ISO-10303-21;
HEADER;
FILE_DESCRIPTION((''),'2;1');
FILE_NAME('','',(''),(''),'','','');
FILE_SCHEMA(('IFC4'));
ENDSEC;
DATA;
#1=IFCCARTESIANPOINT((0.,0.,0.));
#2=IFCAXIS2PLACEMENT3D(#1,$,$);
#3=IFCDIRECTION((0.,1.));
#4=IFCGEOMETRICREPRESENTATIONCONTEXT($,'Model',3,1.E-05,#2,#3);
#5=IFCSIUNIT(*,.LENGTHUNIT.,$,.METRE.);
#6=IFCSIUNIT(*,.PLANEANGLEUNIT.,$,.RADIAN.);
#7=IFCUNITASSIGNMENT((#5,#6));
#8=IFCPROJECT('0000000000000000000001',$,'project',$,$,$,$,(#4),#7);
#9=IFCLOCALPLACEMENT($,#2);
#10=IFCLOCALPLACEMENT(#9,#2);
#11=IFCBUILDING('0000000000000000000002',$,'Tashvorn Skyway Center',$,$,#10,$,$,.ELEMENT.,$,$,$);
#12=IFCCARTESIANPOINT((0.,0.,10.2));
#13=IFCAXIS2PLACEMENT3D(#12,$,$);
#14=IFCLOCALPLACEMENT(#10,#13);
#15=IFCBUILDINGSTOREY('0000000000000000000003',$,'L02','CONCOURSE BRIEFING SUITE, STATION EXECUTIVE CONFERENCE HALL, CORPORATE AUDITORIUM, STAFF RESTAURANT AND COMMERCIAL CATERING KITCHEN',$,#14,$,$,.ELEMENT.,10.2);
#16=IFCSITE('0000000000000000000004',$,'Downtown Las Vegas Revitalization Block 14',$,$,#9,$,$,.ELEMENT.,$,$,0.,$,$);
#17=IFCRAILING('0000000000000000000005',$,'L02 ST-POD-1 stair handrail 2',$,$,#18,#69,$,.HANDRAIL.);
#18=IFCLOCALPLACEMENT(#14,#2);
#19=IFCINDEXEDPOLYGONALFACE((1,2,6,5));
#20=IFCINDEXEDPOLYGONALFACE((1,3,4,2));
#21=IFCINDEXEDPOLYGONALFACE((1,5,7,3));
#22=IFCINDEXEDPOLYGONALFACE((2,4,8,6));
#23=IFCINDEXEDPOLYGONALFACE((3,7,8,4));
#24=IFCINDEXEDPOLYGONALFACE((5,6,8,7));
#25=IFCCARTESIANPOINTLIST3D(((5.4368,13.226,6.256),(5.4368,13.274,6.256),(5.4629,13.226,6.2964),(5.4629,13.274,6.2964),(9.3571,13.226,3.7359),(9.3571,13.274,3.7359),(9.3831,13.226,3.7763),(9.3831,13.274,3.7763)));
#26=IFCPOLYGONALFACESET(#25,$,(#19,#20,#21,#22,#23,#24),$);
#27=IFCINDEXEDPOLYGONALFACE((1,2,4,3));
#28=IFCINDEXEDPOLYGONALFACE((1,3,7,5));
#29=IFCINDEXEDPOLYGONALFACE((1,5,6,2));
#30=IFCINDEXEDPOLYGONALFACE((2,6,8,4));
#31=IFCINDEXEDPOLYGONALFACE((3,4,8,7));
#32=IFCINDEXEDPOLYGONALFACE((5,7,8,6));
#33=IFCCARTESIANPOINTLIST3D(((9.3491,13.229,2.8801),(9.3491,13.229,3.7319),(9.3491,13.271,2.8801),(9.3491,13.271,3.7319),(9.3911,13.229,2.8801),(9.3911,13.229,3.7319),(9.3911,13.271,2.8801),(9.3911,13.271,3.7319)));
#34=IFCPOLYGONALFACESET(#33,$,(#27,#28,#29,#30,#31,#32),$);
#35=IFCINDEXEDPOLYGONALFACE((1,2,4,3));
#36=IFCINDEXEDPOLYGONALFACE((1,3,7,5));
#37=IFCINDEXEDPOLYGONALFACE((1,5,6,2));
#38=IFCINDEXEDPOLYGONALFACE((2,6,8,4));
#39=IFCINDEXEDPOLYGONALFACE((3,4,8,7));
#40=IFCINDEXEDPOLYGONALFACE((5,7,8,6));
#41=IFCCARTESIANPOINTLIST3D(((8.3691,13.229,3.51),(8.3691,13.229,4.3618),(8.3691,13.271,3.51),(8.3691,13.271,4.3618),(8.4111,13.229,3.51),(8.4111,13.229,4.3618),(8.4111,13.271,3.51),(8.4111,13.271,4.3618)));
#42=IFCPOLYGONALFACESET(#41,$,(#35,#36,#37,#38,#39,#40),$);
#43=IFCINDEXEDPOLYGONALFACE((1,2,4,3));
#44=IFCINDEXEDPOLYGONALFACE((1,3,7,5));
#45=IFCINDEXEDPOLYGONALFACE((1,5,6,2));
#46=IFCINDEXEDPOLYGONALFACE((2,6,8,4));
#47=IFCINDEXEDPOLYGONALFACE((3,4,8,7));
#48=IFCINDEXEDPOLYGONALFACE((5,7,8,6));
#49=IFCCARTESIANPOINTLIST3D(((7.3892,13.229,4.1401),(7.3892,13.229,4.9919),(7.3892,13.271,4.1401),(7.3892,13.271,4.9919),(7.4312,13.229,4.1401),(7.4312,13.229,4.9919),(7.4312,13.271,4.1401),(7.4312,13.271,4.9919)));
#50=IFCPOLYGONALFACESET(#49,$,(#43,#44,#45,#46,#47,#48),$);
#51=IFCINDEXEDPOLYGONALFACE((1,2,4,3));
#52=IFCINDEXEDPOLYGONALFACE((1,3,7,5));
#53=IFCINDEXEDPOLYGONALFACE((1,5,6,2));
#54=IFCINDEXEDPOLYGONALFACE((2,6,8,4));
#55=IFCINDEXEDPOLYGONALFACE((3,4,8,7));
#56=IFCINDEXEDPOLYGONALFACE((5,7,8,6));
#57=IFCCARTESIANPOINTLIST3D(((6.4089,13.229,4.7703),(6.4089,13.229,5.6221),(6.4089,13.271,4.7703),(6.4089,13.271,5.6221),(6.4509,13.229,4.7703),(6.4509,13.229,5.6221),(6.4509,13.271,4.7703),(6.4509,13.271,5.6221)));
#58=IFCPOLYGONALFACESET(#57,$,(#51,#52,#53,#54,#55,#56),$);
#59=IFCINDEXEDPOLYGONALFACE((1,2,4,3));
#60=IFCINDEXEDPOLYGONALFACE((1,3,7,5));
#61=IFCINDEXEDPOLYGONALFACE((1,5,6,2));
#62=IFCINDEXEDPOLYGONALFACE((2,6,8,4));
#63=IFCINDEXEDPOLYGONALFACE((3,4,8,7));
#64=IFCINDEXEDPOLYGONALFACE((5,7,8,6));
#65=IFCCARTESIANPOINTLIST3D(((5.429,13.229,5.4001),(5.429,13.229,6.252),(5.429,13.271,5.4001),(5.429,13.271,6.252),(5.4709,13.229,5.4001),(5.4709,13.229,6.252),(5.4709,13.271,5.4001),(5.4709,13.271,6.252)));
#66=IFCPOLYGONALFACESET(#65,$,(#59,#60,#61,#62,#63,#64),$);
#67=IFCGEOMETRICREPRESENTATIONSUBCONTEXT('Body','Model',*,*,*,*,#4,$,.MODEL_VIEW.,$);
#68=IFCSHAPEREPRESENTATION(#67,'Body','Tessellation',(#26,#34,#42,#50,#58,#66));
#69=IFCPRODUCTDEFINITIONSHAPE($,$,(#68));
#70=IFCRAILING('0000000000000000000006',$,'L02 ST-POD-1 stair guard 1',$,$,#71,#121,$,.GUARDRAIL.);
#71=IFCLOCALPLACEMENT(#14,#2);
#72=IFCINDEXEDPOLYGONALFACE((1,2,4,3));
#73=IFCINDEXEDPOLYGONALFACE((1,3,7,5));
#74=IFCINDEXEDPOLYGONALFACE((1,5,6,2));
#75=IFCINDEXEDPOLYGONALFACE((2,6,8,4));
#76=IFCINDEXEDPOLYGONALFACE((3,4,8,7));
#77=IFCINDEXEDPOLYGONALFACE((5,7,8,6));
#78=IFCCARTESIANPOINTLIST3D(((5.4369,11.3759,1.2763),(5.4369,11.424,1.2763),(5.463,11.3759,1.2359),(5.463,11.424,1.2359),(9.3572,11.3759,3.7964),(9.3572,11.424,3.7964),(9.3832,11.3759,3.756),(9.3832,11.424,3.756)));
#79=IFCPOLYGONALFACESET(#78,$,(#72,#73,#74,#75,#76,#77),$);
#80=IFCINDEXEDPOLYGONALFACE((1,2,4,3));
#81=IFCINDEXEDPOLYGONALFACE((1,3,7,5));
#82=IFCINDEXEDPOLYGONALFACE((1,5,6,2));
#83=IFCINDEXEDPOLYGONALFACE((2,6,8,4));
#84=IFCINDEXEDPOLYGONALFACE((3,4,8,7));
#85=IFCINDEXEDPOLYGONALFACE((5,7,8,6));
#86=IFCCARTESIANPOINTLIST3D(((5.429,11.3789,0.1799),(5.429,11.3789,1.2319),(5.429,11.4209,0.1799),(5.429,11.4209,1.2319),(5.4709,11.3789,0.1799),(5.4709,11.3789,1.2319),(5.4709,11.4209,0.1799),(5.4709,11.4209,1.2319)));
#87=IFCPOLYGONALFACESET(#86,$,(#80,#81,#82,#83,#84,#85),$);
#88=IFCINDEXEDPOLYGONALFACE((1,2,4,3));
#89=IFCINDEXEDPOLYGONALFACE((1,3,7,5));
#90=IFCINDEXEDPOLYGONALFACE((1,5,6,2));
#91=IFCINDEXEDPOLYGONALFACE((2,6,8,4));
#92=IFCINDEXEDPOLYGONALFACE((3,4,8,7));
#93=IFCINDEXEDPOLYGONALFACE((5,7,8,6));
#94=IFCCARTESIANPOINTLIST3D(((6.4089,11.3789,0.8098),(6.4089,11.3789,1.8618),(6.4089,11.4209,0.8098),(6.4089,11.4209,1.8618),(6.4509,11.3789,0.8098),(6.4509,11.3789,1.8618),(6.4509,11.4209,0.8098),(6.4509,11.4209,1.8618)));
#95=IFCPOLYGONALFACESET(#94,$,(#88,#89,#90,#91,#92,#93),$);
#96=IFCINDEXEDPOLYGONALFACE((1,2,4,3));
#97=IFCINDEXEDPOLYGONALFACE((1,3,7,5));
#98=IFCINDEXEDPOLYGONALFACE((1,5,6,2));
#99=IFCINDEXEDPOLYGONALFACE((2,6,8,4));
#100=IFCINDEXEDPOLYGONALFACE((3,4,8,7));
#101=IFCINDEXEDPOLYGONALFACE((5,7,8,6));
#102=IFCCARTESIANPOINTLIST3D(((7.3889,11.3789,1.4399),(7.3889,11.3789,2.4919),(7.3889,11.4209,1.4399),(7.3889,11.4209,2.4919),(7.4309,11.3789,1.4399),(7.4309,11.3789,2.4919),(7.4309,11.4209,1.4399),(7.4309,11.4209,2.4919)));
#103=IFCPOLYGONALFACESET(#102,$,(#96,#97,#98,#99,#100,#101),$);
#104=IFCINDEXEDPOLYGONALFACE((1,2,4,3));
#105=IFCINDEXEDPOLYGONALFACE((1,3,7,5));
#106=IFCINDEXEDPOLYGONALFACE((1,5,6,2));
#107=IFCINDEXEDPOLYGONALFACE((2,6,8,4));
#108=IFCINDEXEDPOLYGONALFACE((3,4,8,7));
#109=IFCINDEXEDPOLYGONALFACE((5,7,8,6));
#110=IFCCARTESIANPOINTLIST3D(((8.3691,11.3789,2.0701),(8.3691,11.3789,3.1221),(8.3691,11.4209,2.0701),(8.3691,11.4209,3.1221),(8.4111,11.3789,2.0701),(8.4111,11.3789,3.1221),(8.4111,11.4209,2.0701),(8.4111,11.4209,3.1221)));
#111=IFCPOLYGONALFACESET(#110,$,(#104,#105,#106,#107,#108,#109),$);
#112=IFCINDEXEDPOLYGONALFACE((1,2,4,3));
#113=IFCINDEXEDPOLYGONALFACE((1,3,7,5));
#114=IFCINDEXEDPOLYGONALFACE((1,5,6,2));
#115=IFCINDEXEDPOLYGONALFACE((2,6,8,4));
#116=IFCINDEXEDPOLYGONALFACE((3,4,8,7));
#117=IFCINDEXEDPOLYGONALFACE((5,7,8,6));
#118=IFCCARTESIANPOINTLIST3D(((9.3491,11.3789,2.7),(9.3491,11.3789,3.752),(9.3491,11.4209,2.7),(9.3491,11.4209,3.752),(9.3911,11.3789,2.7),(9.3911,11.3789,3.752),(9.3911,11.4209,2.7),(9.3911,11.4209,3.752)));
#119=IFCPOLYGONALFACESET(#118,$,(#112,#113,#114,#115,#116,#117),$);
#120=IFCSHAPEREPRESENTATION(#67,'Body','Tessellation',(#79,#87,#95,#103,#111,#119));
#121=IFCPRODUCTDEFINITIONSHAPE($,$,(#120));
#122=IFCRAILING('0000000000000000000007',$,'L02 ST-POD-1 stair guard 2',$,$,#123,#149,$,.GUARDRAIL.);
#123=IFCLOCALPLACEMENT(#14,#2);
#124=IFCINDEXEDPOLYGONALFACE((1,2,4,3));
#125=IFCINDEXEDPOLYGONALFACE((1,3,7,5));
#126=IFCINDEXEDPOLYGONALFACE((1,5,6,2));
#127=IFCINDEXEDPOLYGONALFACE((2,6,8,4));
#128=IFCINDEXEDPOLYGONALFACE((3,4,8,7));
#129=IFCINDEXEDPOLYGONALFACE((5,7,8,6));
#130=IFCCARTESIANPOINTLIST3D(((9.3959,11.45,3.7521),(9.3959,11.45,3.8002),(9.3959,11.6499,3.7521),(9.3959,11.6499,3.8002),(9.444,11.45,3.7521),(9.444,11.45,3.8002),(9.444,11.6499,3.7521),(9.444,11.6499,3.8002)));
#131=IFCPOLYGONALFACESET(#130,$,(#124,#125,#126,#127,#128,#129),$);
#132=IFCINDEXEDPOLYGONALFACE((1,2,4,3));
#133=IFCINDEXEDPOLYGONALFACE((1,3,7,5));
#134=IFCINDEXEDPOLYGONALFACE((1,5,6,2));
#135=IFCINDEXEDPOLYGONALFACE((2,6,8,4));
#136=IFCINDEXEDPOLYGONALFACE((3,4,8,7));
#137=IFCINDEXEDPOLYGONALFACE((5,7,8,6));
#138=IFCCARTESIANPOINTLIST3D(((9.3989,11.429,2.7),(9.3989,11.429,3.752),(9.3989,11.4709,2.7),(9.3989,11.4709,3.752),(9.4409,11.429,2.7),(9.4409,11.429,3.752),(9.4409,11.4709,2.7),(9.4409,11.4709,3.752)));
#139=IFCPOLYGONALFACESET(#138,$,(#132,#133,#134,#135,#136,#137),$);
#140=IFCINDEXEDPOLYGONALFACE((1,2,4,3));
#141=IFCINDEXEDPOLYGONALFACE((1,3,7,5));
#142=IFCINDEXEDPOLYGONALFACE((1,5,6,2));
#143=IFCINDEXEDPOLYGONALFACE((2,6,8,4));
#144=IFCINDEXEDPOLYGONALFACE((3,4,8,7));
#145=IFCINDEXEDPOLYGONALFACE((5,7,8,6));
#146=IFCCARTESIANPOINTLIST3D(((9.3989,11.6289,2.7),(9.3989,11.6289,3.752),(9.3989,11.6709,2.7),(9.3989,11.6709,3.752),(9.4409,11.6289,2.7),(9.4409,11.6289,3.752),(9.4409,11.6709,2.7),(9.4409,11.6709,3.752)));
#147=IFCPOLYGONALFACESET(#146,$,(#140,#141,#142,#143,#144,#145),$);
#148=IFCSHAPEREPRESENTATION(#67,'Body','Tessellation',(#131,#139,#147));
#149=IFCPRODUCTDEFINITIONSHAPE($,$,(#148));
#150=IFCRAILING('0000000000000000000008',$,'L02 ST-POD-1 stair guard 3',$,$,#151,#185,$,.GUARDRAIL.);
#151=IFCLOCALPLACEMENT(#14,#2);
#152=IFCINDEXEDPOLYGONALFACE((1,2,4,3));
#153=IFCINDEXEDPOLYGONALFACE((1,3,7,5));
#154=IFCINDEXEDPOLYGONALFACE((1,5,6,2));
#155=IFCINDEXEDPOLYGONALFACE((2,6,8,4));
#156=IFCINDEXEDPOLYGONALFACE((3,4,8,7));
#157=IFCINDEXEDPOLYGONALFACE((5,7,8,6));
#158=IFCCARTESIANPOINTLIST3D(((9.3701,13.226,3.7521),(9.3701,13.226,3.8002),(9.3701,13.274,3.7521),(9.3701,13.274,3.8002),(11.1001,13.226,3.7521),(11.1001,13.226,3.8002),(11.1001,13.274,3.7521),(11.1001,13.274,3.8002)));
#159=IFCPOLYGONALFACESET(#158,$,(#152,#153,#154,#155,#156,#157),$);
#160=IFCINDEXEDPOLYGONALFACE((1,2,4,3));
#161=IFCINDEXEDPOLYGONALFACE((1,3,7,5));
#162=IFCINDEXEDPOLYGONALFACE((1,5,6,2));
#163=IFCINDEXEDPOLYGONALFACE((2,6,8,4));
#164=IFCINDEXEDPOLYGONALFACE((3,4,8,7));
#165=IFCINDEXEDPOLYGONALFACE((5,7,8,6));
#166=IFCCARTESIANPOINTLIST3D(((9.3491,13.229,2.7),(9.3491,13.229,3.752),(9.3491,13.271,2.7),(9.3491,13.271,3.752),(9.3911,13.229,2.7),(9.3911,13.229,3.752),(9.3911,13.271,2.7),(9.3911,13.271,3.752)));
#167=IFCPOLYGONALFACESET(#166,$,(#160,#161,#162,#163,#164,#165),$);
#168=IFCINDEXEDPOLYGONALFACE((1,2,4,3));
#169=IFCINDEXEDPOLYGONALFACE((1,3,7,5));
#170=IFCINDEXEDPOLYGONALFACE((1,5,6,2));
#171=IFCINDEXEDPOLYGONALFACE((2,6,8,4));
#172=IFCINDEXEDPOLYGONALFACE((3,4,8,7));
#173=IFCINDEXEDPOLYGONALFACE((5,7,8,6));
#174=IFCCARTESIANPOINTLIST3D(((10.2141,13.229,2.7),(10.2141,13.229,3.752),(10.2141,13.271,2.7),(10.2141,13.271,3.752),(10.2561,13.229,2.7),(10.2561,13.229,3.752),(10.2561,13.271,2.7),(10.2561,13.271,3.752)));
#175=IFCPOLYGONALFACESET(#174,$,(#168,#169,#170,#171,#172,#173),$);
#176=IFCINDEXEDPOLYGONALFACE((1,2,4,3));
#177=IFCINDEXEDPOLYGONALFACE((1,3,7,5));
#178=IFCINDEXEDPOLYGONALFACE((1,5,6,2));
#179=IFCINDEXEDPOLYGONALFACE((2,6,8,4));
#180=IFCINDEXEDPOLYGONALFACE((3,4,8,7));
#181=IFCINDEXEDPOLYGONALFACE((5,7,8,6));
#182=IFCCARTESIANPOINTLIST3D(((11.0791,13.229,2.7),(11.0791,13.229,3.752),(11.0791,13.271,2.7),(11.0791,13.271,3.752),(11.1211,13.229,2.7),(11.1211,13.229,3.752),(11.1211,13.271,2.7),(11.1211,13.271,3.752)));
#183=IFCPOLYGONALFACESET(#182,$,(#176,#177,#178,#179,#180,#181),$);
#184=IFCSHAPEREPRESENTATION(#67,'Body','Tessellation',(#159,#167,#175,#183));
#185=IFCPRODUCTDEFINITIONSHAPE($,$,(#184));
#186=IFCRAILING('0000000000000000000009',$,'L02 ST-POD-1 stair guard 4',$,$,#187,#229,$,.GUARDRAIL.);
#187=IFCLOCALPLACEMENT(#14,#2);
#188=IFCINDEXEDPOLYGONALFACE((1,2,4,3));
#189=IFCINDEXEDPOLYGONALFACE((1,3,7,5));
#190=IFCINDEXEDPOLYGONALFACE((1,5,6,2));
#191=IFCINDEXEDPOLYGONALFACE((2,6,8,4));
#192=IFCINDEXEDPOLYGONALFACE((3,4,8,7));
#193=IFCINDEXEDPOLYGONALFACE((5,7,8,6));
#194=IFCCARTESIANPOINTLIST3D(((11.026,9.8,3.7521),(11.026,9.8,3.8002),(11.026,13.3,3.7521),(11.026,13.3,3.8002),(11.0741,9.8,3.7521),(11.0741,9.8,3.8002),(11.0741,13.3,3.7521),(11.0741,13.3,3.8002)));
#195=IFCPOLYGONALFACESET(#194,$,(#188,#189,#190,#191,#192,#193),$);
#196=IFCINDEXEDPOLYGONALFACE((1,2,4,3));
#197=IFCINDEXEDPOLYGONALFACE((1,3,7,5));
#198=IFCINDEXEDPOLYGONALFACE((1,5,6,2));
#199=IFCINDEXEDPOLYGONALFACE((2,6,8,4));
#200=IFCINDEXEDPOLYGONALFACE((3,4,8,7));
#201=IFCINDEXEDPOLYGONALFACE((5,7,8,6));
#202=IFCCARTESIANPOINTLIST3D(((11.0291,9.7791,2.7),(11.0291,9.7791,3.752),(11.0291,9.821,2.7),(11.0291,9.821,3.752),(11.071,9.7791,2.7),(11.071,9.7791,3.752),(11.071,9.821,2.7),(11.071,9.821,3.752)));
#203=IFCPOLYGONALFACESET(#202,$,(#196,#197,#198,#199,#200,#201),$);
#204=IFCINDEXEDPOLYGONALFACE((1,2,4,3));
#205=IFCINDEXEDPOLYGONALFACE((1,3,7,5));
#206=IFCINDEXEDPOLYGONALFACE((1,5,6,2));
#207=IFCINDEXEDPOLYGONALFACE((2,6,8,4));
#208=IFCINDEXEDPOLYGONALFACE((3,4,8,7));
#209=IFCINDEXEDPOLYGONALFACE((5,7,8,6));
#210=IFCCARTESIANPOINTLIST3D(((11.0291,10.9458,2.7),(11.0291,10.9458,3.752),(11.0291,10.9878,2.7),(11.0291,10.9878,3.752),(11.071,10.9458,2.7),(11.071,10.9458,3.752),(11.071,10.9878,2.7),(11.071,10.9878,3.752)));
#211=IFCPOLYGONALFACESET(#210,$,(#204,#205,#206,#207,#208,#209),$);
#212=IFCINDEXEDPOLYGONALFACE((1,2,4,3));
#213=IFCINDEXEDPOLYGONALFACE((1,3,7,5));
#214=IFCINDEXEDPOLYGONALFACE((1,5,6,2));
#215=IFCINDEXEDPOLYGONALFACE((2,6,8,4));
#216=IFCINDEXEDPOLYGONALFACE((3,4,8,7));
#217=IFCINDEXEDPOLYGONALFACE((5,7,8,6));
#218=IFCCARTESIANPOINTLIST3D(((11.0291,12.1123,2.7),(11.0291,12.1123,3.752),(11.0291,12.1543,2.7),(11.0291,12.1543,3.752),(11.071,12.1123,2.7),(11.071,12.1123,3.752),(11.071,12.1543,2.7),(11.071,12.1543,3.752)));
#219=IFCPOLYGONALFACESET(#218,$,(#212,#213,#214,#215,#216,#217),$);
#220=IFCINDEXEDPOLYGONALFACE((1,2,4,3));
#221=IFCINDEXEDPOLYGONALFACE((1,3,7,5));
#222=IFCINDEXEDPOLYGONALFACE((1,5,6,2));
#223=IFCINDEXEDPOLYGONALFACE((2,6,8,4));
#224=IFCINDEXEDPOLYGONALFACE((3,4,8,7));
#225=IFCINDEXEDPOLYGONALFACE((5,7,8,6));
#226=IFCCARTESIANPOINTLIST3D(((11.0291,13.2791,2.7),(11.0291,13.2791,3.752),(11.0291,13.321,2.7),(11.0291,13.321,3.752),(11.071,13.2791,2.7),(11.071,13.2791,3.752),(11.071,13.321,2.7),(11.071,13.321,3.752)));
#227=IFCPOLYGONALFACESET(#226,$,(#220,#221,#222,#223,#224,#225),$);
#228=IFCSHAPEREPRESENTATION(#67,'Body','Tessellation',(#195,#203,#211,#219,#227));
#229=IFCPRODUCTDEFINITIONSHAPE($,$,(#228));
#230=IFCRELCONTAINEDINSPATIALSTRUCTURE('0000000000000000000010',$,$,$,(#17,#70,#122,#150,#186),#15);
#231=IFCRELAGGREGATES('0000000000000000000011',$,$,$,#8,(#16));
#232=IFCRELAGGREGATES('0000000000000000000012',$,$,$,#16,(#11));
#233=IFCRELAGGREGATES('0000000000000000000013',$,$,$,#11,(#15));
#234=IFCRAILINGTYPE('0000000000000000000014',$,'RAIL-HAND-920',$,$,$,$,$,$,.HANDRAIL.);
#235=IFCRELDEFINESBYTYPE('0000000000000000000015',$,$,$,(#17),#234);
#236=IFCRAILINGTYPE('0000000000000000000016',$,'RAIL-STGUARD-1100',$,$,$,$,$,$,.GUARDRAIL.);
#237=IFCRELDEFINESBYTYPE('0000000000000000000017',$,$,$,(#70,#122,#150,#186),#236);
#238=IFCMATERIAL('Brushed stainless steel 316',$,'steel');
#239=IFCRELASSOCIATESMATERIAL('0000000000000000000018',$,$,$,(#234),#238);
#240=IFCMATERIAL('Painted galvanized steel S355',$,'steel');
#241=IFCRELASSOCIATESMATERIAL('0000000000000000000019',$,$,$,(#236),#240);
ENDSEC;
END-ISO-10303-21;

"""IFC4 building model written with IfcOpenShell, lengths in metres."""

from ifc_helpers import new_model, si_unit, direction, frame, origin, origin_2d, place, context, subcontext, project, spatial, rectangle, extrude, material, type_object, element, save


model = new_model("IFC4")

# Units and contexts
model_context = context("Model", 3, precision=1e-05, world=origin(), true_north=direction((0.0, 1.0)))
body_context = subcontext(model_context, "Body", "Model", "MODEL_VIEW")
ifc_project = project(units=[si_unit("LENGTHUNIT", "METRE"), si_unit("PLANEANGLEUNIT", "RADIAN")], contexts=[model_context])

# Site, building, storey
site_placement = place(None, origin())
site = spatial("IfcSite", under=ifc_project, at=site_placement, Name="Downtown Las Vegas Revitalization Block 14", CompositionType="ELEMENT", RefElevation=0.0)
building_placement = place(site_placement, origin())
building = spatial("IfcBuilding", under=site, at=building_placement, Name="Tashvorn Skyway Center", CompositionType="ELEMENT")
storey_placement = place(building_placement, frame((0.0, 0.0, 10.2)))
storey = spatial("IfcBuildingStorey", under=building, at=storey_placement, Name="L02", Description="CONCOURSE BRIEFING SUITE, STATION EXECUTIVE CONFERENCE HALL, CORPORATE AUDITORIUM, STAFF RESTAURANT AND COMMERCIAL CATERING KITCHEN", CompositionType="ELEMENT", Elevation=10.2)

# Railings
ifc_material_1 = material(Name="Brushed stainless steel 316", Category="steel")
railing_type_1 = type_object("IfcRailingType", Name="RAIL-HAND-920", PredefinedType="HANDRAIL", material=ifc_material_1)
railing_1_placement = place(storey_placement, frame((9.3701, 13.25, 2.8801)))
element("IfcRailing", 1, at=railing_1_placement, inside=storey, type_object=railing_type_1, Name="L02 ST-POD-1 stair handrail 2", PredefinedType="HANDRAIL", context=body_context, shape_type="SweptSolid", body=[
    extrude(rectangle(XDim=0.0481, YDim=0.0481, at=origin_2d()), frame((0.0, 0.0, 0.876), z_axis=(-0.841187, 0.0, 0.540744), x_axis=(0.0, -1.0, 0.0)), (0.0, 0.0, 1.0), 4.6604),
    extrude(rectangle(XDim=0.042, YDim=0.042, at=origin_2d()), origin(), (0.0, 0.0, 1.0), 0.8518),
    extrude(rectangle(XDim=0.042, YDim=0.042, at=origin_2d()), frame((-0.98, 0.0, 0.6299)), (0.0, 0.0, 1.0), 0.8518),
    extrude(rectangle(XDim=0.042, YDim=0.042, at=origin_2d()), frame((-1.96, 0.0, 1.26)), (0.0, 0.0, 1.0), 0.8518),
    extrude(rectangle(XDim=0.042, YDim=0.042, at=origin_2d()), frame((-2.9402, 0.0, 1.8901)), (0.0, 0.0, 1.0), 0.8518),
    extrude(rectangle(XDim=0.042, YDim=0.042, at=origin_2d()), frame((-3.9202, 0.0, 2.52)), (0.0, 0.0, 1.0), 0.8518),
])
ifc_material_2 = material(Name="Painted galvanized steel S355", Category="steel")
railing_type_2 = type_object("IfcRailingType", Name="RAIL-STGUARD-1100", PredefinedType="GUARDRAIL", material=ifc_material_2)
railing_2_placement = place(storey_placement, frame((5.45, 11.3999, 0.1799)))
element("IfcRailing", 2, at=railing_2_placement, inside=storey, type_object=railing_type_2, Name="L02 ST-POD-1 stair guard 1", PredefinedType="GUARDRAIL", context=body_context, shape_type="SweptSolid", body=[
    extrude(rectangle(XDim=0.0481, YDim=0.0481, at=origin_2d()), frame((0.0, 0.0, 1.0762), z_axis=(0.841187, 0.0, 0.540744), x_axis=(0.0, 1.0, 0.0)), (0.0, 0.0, 1.0), 4.6604),
    extrude(rectangle(XDim=0.042, YDim=0.042, at=origin_2d()), origin(), (0.0, 0.0, 1.0), 1.052),
    extrude(rectangle(XDim=0.042, YDim=0.042, at=origin_2d()), frame((0.98, 0.0, 0.6299)), (0.0, 0.0, 1.0), 1.052),
    extrude(rectangle(XDim=0.042, YDim=0.042, at=origin_2d()), frame((1.96, 0.0, 1.26)), (0.0, 0.0, 1.0), 1.052),
    extrude(rectangle(XDim=0.042, YDim=0.042, at=origin_2d()), frame((2.9402, 0.0, 1.8901)), (0.0, 0.0, 1.0), 1.052),
    extrude(rectangle(XDim=0.042, YDim=0.042, at=origin_2d()), frame((3.9202, 0.0, 2.52)), (0.0, 0.0, 1.0), 1.052),
])
railing_3_placement = place(storey_placement, frame((9.4199, 11.45, 2.7)))
element("IfcRailing", 3, at=railing_3_placement, inside=storey, type_object=railing_type_2, Name="L02 ST-POD-1 stair guard 2", PredefinedType="GUARDRAIL", context=body_context, shape_type="SweptSolid", body=[
    extrude(rectangle(XDim=0.0481, YDim=0.0481, at=origin_2d()), frame((0.0, 0.0, 1.0762), z_axis=(0.0, 1.0, 0.0), x_axis=(-1.0, 0.0, 0.0)), (0.0, 0.0, 1.0), 0.2),
    extrude(rectangle(XDim=0.042, YDim=0.042, at=origin_2d()), origin(), (0.0, 0.0, 1.0), 1.052),
    extrude(rectangle(XDim=0.042, YDim=0.042, at=origin_2d()), frame((0.0, 0.2, 0.0)), (0.0, 0.0, 1.0), 1.052),
])
railing_4_placement = place(storey_placement, frame((9.3701, 13.25, 2.7)))
element("IfcRailing", 4, at=railing_4_placement, inside=storey, type_object=railing_type_2, Name="L02 ST-POD-1 stair guard 3", PredefinedType="GUARDRAIL", context=body_context, shape_type="SweptSolid", body=[
    extrude(rectangle(XDim=0.0481, YDim=0.0481, at=origin_2d()), frame((0.0, 0.0, 1.0762), z_axis=(1.0, 0.0, 0.0), x_axis=(0.0, 1.0, 0.0)), (0.0, 0.0, 1.0), 1.73),
    extrude(rectangle(XDim=0.042, YDim=0.042, at=origin_2d()), origin(), (0.0, 0.0, 1.0), 1.052),
    extrude(rectangle(XDim=0.042, YDim=0.042, at=origin_2d()), frame((0.865, 0.0, 0.0)), (0.0, 0.0, 1.0), 1.052),
    extrude(rectangle(XDim=0.042, YDim=0.042, at=origin_2d()), frame((1.73, 0.0, 0.0)), (0.0, 0.0, 1.0), 1.052),
])
railing_5_placement = place(storey_placement, frame((11.05, 9.8, 2.7)))
element("IfcRailing", 5, at=railing_5_placement, inside=storey, type_object=railing_type_2, Name="L02 ST-POD-1 stair guard 4", PredefinedType="GUARDRAIL", context=body_context, shape_type="SweptSolid", body=[
    extrude(rectangle(XDim=0.0481, YDim=0.0481, at=origin_2d()), frame((0.0, 0.0, 1.0762), z_axis=(0.0, 1.0, 0.0), x_axis=(-1.0, 0.0, 0.0)), (0.0, 0.0, 1.0), 3.5),
    extrude(rectangle(XDim=0.042, YDim=0.042, at=origin_2d()), origin(), (0.0, 0.0, 1.0), 1.052),
    extrude(rectangle(XDim=0.042, YDim=0.042, at=origin_2d()), frame((0.0, 1.1667, 0.0)), (0.0, 0.0, 1.0), 1.052),
    extrude(rectangle(XDim=0.042, YDim=0.042, at=origin_2d()), frame((0.0, 2.3333, 0.0)), (0.0, 0.0, 1.0), 1.052),
    extrude(rectangle(XDim=0.042, YDim=0.042, at=origin_2d()), frame((0.0, 3.5, 0.0)), (0.0, 0.0, 1.0), 1.052),
])

save(model, "model.ifc")
